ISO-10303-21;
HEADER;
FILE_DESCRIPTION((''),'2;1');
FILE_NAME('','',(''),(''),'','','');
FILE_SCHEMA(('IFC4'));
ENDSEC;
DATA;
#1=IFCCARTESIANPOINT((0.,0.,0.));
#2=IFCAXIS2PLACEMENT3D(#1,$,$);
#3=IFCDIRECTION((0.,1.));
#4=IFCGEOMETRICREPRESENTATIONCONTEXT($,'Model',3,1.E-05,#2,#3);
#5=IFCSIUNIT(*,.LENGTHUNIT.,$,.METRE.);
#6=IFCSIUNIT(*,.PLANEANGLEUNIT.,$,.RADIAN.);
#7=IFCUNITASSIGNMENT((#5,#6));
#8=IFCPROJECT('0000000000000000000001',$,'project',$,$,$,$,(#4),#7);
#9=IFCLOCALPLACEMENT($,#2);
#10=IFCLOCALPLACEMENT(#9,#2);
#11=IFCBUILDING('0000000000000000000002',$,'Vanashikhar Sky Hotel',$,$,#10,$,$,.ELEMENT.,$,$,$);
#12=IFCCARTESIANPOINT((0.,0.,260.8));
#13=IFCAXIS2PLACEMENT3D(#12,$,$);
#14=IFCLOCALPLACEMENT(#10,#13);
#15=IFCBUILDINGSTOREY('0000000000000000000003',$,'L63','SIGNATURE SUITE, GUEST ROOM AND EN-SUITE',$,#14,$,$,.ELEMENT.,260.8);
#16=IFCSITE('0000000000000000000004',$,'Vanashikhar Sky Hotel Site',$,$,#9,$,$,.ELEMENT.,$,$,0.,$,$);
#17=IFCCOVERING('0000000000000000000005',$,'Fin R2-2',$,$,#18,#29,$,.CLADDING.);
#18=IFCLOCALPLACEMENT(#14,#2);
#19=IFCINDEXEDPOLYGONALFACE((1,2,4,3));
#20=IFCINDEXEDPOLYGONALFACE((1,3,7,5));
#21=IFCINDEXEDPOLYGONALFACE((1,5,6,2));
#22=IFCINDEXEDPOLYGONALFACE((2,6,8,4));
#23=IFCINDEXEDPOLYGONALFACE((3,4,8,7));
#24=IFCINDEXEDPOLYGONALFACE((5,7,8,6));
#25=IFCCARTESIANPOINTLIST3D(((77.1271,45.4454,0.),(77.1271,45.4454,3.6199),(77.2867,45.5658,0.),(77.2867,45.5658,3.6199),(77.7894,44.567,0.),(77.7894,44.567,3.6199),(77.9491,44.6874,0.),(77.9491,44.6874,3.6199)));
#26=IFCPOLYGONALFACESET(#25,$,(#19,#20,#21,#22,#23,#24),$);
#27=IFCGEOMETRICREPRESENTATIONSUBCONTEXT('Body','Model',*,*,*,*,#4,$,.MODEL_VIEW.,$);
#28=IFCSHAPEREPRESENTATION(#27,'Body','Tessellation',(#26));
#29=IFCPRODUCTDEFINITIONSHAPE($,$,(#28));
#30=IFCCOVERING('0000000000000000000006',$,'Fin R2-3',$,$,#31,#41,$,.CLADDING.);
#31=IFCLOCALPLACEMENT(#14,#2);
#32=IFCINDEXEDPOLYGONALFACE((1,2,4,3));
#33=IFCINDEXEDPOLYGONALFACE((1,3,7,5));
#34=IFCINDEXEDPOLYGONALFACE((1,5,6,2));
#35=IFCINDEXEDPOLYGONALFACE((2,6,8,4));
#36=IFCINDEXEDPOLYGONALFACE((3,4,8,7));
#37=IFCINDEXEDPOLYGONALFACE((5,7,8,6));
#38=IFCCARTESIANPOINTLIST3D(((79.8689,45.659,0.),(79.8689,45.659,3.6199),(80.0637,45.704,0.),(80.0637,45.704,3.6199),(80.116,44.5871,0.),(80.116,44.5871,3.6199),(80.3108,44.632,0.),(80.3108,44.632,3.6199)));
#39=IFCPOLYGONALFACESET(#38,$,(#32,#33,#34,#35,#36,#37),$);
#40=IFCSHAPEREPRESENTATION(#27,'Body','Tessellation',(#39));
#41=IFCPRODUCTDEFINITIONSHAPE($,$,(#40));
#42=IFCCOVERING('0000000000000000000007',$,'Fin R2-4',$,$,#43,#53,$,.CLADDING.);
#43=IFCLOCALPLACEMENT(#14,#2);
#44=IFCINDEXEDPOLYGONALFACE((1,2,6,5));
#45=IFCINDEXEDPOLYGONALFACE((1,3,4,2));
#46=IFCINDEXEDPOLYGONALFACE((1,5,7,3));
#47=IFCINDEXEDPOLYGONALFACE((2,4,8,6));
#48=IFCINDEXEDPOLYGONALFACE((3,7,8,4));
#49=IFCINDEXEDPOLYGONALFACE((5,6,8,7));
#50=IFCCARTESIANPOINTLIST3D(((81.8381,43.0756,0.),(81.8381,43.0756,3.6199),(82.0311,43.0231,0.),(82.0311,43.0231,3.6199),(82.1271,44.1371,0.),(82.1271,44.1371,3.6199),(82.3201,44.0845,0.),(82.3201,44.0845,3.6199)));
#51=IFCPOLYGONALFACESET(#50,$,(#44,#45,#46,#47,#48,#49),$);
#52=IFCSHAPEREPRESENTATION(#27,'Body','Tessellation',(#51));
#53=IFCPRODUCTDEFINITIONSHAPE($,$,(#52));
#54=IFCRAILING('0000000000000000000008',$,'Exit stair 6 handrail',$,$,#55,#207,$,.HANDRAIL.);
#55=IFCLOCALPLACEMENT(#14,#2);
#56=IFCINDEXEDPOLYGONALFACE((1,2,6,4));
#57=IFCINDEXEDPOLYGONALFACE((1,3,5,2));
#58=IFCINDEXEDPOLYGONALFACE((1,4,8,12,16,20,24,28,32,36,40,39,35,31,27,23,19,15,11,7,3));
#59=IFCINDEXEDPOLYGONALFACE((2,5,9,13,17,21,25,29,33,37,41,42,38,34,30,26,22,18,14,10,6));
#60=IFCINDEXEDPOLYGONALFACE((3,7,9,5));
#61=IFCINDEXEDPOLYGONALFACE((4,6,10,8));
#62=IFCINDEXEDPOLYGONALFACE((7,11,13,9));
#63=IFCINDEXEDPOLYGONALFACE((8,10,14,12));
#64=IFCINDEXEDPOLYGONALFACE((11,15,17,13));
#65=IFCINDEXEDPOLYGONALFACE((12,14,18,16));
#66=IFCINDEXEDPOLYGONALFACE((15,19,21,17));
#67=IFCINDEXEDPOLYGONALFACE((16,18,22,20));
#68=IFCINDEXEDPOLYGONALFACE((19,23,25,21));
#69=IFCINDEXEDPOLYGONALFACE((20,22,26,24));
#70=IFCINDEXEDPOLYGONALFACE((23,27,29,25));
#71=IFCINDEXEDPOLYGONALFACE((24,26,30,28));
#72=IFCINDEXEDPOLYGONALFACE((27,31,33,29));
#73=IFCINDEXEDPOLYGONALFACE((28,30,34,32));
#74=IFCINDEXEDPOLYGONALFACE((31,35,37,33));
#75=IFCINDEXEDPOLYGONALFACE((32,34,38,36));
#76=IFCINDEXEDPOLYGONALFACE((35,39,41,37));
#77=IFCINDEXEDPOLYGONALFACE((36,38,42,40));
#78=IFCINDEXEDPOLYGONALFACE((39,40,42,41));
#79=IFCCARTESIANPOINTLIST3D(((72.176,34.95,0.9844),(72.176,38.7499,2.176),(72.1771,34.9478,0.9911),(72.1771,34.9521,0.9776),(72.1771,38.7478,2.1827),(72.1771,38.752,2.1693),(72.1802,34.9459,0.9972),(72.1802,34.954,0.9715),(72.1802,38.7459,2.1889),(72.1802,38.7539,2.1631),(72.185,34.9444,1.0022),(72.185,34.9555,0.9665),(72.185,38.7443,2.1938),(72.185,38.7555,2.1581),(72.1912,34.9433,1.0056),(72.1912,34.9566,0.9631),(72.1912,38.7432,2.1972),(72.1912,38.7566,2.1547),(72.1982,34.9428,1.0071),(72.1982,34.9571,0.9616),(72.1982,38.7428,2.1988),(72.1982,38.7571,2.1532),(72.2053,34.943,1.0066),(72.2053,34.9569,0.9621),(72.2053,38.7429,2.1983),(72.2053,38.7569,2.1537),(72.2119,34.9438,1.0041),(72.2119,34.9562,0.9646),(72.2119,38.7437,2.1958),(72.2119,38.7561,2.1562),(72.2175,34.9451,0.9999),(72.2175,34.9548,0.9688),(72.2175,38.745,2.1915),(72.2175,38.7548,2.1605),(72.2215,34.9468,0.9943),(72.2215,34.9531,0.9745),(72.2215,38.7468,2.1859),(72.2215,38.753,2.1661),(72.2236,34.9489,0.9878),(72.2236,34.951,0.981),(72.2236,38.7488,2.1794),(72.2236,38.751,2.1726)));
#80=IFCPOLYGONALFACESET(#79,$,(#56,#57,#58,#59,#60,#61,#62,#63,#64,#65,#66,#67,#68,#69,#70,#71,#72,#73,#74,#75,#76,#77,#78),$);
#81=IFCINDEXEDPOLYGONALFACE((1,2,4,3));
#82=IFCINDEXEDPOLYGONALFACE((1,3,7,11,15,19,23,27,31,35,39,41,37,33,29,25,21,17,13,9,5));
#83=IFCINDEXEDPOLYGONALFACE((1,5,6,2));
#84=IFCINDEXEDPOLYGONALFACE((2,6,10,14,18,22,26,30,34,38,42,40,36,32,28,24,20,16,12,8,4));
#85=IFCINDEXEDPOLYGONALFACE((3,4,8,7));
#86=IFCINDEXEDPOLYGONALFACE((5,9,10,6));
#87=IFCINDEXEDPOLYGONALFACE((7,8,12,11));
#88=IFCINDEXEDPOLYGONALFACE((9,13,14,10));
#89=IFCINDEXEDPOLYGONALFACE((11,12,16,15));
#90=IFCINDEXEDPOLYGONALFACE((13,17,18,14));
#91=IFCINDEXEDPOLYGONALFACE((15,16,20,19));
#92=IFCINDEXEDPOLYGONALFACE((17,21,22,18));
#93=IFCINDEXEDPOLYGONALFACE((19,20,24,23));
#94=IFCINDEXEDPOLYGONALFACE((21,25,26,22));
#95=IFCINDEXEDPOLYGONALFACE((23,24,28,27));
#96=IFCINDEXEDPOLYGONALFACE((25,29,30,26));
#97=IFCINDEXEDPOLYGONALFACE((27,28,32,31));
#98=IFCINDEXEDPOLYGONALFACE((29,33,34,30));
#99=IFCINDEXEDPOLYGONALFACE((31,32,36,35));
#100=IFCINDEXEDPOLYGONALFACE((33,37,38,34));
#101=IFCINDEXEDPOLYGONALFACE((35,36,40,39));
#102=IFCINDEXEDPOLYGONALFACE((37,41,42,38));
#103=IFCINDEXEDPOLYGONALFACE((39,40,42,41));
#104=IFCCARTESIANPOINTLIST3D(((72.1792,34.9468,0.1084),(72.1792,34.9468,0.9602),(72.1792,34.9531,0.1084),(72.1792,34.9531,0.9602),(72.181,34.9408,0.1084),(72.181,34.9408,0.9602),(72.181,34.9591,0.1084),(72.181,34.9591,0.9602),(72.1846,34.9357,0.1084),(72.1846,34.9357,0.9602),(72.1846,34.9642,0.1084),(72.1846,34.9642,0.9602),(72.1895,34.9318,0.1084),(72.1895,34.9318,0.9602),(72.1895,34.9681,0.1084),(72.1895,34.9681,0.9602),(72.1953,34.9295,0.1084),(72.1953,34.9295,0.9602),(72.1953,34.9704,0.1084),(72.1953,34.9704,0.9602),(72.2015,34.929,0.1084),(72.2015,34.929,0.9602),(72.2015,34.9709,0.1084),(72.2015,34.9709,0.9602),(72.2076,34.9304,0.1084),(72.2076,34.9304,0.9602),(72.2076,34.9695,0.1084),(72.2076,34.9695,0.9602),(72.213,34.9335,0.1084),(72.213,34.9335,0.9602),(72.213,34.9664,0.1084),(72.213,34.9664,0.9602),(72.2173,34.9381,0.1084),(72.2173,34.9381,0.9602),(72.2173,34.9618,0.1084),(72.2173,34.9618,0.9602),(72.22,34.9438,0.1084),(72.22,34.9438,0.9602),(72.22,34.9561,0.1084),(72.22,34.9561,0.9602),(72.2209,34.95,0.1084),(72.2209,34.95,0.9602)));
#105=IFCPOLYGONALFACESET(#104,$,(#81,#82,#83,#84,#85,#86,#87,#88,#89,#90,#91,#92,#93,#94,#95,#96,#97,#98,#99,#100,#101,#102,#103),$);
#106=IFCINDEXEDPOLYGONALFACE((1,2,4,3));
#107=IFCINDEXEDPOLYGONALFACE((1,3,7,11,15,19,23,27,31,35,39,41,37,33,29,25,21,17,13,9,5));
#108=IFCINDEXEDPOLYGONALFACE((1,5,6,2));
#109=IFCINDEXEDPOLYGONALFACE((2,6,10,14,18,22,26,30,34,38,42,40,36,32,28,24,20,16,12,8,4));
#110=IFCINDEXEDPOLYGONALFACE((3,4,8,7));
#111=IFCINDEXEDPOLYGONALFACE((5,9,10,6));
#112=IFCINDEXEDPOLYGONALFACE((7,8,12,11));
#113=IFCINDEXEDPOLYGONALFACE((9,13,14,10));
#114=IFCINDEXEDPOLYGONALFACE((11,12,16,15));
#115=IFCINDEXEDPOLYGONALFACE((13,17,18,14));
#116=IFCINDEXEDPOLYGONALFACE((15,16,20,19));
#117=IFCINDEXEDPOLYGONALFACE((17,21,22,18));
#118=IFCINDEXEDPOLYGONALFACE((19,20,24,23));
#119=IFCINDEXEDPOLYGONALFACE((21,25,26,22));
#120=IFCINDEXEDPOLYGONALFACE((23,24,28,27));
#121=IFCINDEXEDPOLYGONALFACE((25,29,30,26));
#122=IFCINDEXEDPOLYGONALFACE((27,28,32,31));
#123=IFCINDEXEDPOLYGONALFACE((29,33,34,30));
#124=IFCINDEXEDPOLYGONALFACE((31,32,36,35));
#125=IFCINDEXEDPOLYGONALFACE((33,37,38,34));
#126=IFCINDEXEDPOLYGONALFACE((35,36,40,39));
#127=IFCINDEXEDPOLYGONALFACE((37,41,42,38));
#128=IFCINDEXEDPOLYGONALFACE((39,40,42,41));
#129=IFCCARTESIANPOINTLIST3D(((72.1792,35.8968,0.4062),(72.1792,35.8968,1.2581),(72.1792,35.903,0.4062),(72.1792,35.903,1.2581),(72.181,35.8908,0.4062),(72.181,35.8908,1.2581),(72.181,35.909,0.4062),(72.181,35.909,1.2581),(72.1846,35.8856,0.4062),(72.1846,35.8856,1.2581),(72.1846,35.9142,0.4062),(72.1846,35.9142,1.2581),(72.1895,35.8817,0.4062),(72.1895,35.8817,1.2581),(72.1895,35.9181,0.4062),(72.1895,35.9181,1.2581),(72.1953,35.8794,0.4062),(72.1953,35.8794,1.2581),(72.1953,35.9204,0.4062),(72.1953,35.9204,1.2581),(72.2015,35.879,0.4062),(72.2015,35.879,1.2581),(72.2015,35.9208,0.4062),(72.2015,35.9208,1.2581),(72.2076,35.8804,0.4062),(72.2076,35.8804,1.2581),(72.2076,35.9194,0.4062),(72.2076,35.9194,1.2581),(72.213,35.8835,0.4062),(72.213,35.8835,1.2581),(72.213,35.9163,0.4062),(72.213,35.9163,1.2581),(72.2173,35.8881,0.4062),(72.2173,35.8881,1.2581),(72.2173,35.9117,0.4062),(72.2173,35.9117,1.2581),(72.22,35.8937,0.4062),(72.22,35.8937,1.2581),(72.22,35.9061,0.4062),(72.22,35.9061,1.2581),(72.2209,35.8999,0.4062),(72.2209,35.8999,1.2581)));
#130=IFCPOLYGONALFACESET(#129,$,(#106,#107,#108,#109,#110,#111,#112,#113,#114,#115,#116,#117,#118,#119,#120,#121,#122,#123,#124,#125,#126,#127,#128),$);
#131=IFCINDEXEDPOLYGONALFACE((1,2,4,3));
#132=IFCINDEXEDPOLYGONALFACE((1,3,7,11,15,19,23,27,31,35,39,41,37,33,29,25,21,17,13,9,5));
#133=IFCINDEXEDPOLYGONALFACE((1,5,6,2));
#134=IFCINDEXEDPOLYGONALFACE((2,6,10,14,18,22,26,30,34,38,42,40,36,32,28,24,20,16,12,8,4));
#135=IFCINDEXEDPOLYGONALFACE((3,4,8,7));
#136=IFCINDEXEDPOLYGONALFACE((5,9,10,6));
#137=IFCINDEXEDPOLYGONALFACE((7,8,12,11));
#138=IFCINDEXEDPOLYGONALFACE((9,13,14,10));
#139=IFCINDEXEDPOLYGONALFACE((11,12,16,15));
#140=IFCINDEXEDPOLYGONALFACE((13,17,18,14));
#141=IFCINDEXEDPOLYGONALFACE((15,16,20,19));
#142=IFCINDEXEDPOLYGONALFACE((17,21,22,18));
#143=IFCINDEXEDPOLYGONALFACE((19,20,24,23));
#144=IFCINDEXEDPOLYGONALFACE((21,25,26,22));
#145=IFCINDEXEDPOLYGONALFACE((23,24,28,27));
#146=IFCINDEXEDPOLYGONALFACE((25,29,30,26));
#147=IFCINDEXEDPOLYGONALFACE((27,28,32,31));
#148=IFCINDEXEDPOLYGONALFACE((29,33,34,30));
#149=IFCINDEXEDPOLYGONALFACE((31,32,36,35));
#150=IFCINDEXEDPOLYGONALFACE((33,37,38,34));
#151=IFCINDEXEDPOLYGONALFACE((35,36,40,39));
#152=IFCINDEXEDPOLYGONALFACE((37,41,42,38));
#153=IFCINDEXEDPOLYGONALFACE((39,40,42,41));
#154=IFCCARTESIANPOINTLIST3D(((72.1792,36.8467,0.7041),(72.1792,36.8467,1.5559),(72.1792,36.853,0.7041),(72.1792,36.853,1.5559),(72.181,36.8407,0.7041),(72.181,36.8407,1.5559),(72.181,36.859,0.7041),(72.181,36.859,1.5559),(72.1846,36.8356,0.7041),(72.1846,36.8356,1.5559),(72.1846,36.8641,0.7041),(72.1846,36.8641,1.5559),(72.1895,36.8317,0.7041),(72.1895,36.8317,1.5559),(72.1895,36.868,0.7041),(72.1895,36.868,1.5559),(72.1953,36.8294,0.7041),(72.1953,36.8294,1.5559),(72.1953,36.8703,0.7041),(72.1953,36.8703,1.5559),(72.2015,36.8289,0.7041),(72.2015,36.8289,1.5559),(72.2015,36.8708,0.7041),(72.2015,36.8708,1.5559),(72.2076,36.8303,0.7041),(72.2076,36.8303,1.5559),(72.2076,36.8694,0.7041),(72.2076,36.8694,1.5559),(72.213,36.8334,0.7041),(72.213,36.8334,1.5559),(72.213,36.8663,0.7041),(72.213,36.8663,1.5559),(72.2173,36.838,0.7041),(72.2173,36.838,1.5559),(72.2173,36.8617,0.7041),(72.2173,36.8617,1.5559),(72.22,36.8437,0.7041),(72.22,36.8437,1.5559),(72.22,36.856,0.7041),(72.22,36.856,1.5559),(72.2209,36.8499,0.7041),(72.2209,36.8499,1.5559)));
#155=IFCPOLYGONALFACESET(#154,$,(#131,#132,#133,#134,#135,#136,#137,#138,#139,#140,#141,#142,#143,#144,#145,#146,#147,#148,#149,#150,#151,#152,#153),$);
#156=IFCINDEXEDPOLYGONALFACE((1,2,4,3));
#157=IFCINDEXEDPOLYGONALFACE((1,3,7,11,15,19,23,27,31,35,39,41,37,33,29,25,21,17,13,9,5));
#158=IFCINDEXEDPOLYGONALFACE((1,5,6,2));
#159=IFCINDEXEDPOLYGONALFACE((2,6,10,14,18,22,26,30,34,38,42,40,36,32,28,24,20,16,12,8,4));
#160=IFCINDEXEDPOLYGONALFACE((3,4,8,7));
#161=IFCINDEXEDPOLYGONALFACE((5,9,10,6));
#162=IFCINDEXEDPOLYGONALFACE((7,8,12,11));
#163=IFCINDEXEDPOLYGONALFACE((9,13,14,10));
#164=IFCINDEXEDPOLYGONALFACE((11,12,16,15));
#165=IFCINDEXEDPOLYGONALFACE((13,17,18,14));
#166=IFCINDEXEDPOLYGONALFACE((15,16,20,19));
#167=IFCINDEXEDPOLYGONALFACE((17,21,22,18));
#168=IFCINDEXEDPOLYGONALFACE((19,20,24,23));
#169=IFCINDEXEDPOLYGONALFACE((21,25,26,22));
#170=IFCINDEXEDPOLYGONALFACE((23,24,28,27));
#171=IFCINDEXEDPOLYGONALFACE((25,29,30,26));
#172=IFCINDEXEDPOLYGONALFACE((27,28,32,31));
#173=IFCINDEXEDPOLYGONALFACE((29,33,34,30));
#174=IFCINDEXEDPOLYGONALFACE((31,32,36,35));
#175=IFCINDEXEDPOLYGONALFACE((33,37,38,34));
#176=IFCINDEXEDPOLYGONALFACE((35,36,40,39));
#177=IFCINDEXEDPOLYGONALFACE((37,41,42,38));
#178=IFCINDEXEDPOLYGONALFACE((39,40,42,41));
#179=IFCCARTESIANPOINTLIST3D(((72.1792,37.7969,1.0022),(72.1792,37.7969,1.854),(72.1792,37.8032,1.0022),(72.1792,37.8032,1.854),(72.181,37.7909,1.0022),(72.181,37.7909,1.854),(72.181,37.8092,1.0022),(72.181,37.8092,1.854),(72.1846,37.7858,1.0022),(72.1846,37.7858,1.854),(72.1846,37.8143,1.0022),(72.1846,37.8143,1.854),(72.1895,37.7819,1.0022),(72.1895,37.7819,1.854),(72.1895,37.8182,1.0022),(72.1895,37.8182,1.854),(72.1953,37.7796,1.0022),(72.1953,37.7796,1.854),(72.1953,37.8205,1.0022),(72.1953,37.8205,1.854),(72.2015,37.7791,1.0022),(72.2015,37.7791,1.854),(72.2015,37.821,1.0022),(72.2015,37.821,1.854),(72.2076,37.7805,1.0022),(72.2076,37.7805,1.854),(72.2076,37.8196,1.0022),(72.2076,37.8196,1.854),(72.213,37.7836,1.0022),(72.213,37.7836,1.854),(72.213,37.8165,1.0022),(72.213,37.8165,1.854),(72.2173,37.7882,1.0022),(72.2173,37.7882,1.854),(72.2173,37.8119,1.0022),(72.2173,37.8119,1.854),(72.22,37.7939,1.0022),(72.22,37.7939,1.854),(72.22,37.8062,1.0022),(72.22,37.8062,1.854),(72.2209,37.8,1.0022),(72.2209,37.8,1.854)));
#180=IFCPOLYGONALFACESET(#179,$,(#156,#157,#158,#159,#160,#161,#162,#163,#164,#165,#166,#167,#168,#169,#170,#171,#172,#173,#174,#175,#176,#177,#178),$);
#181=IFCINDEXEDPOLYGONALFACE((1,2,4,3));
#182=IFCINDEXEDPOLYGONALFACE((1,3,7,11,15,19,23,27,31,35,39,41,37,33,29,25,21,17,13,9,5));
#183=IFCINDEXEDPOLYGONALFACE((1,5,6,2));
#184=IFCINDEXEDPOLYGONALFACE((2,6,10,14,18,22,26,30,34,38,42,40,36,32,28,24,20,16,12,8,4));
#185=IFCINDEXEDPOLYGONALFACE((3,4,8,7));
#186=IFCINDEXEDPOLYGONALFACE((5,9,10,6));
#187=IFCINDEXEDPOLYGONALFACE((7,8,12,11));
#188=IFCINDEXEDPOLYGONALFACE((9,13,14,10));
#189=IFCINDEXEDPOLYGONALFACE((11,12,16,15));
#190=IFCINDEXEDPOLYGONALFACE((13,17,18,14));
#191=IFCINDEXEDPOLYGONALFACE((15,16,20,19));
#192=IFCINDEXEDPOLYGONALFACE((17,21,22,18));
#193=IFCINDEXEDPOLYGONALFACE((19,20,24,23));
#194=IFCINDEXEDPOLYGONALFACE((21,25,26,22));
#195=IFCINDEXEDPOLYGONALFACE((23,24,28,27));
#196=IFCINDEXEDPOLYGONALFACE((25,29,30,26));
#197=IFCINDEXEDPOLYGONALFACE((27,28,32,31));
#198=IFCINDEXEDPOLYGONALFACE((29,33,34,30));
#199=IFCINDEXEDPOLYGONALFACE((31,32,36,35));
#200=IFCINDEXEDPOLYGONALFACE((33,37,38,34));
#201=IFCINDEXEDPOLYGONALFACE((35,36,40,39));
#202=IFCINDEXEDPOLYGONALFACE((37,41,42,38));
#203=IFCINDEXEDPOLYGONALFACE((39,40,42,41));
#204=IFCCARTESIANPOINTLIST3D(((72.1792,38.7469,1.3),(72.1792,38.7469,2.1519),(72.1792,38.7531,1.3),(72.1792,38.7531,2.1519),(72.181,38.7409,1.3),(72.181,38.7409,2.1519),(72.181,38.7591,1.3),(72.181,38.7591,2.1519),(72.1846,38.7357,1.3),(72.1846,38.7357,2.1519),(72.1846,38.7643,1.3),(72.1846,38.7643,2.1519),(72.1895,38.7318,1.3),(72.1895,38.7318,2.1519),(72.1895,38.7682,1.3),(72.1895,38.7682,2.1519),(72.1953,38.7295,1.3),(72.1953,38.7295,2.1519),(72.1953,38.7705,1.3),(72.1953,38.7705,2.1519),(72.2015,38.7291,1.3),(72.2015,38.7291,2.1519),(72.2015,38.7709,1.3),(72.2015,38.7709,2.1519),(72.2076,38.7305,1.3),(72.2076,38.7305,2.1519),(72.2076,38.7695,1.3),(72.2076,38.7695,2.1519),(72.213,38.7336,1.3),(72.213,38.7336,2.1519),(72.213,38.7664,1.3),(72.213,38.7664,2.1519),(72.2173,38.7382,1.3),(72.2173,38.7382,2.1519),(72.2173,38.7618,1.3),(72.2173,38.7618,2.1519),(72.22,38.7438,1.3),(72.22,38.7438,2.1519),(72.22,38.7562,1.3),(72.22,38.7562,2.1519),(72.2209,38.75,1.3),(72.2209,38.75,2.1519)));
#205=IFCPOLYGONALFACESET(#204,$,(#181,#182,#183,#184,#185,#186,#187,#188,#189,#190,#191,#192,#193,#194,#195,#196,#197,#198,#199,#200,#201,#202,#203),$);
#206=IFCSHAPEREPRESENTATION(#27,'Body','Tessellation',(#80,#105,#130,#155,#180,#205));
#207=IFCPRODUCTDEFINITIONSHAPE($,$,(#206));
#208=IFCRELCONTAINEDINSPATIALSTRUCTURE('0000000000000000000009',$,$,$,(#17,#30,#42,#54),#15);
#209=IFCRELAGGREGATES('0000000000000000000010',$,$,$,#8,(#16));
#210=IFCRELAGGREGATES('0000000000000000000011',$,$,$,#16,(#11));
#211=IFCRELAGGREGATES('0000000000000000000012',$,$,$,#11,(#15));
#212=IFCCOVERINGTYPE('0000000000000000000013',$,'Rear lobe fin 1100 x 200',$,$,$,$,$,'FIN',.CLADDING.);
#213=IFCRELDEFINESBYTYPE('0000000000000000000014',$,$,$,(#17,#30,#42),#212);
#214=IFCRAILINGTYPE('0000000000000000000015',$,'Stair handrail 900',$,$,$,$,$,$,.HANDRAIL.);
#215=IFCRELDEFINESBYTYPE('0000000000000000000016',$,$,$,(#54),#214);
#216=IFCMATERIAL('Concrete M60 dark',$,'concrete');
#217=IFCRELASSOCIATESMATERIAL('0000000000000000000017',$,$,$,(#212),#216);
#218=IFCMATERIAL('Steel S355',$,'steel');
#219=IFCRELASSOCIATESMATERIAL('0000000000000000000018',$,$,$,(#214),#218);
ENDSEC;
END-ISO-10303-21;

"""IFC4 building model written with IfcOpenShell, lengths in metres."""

from ifc_helpers import new_model, si_unit, direction, frame, origin, origin_2d, place, context, subcontext, project, spatial, rectangle, circle, extrude, source, transform, mapped, material, material_profile, profile_set, type_object, element, save


model = new_model("IFC4")

# Units and contexts
model_context = context("Model", 3, precision=1e-05, world=origin(), true_north=direction((0.0, 1.0)))
body_context = subcontext(model_context, "Body", "Model", "MODEL_VIEW")
ifc_project = project(units=[si_unit("LENGTHUNIT", "METRE"), si_unit("PLANEANGLEUNIT", "RADIAN")], contexts=[model_context])

# Site, building, storey
site_placement = place(None, origin())
site = spatial("IfcSite", under=ifc_project, at=site_placement, Name="Vanashikhar Sky Hotel Site", CompositionType="ELEMENT", RefElevation=0.0)
building_placement = place(site_placement, origin())
building = spatial("IfcBuilding", under=site, at=building_placement, Name="Vanashikhar Sky Hotel", CompositionType="ELEMENT")
storey_placement = place(building_placement, frame((0.0, 0.0, 260.8)))
storey = spatial("IfcBuildingStorey", under=building, at=storey_placement, Name="L63", Description="SIGNATURE SUITE, GUEST ROOM AND EN-SUITE", CompositionType="ELEMENT", Elevation=260.8)

# Coverings
ifc_material_1 = material(Name="Concrete M60 dark", Category="concrete")
ifc_material_profile = material_profile(ifc_material_1, rectangle(XDim=1.1001, YDim=0.2, at=origin_2d()))
ifc_profile_set = profile_set([ifc_material_profile], Name="Rear lobe fin 1100 x 200")
covering_type = type_object("IfcCoveringType", Name="Rear lobe fin 1100 x 200", ElementType="FIN", PredefinedType="CLADDING", material=ifc_profile_set)
shared_shape_1 = source(origin(), body_context, "Body", "SweptSolid", [
    extrude(rectangle(XDim=1.1001, YDim=0.2, at=origin_2d()), origin(), (0.0, 0.0, 1.0), 3.6199),
])
for number, where, z_axis, x_axis, name in (
    (1, (77.5381, 45.0664, 0.0), (0.0, 0.0, 1.0), (-0.602066, 0.798446, 0.0), "Fin R2-2"),
    (2, (80.0898, 45.1455, 0.0), (0.0, 0.0, 1.0), (-0.224645, 0.974441, 0.0), "Fin R2-3"),
    (3, (82.0791, 43.5801, 0.0), (0.0, 0.0, 1.0), (0.262711, 0.964874, 0.0), "Fin R2-4"),
):
    element("IfcCovering", number, at=place(storey_placement, frame(where, z_axis=z_axis, x_axis=x_axis)), inside=storey, type_object=covering_type, Name=name, PredefinedType="CLADDING", context=body_context, shape_type="MappedRepresentation", body=[
        mapped(shared_shape_1, transform((0.0, 0.0, 0.0), scale=1.0)),
    ])

# Railing
ifc_material_2 = material(Name="Steel S355", Category="steel")
railing_type = type_object("IfcRailingType", Name="Stair handrail 900", PredefinedType="HANDRAIL", material=ifc_material_2)
shared_shape_2 = source(origin(), body_context, "Body", "SweptSolid", [
    extrude(circle(Radius=0.0239, at=origin_2d()), frame((0.0, 0.0, 0.876), z_axis=(0.0, 0.954184, 0.299221), x_axis=(-1.0, 0.0, 0.0)), (0.0, 0.0, 1.0), 3.9824),
    extrude(circle(Radius=0.021, at=origin_2d()), origin(), (0.0, 0.0, 1.0), 0.8518),
    extrude(circle(Radius=0.021, at=origin_2d()), frame((0.0, 0.95, 0.2979)), (0.0, 0.0, 1.0), 0.8518),
    extrude(circle(Radius=0.021, at=origin_2d()), frame((0.0, 1.8999, 0.5957)), (0.0, 0.0, 1.0), 0.8518),
    extrude(circle(Radius=0.021, at=origin_2d()), frame((0.0, 2.8501, 0.8938)), (0.0, 0.0, 1.0), 0.8518),
    extrude(circle(Radius=0.021, at=origin_2d()), frame((0.0, 3.8, 1.1917)), (0.0, 0.0, 1.0), 0.8518),
])
for number, where, name in (
    (4, (72.2, 34.95, 0.1084), "Exit stair 6 handrail"),
):
    element("IfcRailing", number, at=place(storey_placement, frame(where)), inside=storey, type_object=railing_type, Name=name, PredefinedType="HANDRAIL", context=body_context, shape_type="MappedRepresentation", body=[
        mapped(shared_shape_2, transform((0.0, 0.0, 0.0), scale=1.0)),
    ])

save(model, "model.ifc")
